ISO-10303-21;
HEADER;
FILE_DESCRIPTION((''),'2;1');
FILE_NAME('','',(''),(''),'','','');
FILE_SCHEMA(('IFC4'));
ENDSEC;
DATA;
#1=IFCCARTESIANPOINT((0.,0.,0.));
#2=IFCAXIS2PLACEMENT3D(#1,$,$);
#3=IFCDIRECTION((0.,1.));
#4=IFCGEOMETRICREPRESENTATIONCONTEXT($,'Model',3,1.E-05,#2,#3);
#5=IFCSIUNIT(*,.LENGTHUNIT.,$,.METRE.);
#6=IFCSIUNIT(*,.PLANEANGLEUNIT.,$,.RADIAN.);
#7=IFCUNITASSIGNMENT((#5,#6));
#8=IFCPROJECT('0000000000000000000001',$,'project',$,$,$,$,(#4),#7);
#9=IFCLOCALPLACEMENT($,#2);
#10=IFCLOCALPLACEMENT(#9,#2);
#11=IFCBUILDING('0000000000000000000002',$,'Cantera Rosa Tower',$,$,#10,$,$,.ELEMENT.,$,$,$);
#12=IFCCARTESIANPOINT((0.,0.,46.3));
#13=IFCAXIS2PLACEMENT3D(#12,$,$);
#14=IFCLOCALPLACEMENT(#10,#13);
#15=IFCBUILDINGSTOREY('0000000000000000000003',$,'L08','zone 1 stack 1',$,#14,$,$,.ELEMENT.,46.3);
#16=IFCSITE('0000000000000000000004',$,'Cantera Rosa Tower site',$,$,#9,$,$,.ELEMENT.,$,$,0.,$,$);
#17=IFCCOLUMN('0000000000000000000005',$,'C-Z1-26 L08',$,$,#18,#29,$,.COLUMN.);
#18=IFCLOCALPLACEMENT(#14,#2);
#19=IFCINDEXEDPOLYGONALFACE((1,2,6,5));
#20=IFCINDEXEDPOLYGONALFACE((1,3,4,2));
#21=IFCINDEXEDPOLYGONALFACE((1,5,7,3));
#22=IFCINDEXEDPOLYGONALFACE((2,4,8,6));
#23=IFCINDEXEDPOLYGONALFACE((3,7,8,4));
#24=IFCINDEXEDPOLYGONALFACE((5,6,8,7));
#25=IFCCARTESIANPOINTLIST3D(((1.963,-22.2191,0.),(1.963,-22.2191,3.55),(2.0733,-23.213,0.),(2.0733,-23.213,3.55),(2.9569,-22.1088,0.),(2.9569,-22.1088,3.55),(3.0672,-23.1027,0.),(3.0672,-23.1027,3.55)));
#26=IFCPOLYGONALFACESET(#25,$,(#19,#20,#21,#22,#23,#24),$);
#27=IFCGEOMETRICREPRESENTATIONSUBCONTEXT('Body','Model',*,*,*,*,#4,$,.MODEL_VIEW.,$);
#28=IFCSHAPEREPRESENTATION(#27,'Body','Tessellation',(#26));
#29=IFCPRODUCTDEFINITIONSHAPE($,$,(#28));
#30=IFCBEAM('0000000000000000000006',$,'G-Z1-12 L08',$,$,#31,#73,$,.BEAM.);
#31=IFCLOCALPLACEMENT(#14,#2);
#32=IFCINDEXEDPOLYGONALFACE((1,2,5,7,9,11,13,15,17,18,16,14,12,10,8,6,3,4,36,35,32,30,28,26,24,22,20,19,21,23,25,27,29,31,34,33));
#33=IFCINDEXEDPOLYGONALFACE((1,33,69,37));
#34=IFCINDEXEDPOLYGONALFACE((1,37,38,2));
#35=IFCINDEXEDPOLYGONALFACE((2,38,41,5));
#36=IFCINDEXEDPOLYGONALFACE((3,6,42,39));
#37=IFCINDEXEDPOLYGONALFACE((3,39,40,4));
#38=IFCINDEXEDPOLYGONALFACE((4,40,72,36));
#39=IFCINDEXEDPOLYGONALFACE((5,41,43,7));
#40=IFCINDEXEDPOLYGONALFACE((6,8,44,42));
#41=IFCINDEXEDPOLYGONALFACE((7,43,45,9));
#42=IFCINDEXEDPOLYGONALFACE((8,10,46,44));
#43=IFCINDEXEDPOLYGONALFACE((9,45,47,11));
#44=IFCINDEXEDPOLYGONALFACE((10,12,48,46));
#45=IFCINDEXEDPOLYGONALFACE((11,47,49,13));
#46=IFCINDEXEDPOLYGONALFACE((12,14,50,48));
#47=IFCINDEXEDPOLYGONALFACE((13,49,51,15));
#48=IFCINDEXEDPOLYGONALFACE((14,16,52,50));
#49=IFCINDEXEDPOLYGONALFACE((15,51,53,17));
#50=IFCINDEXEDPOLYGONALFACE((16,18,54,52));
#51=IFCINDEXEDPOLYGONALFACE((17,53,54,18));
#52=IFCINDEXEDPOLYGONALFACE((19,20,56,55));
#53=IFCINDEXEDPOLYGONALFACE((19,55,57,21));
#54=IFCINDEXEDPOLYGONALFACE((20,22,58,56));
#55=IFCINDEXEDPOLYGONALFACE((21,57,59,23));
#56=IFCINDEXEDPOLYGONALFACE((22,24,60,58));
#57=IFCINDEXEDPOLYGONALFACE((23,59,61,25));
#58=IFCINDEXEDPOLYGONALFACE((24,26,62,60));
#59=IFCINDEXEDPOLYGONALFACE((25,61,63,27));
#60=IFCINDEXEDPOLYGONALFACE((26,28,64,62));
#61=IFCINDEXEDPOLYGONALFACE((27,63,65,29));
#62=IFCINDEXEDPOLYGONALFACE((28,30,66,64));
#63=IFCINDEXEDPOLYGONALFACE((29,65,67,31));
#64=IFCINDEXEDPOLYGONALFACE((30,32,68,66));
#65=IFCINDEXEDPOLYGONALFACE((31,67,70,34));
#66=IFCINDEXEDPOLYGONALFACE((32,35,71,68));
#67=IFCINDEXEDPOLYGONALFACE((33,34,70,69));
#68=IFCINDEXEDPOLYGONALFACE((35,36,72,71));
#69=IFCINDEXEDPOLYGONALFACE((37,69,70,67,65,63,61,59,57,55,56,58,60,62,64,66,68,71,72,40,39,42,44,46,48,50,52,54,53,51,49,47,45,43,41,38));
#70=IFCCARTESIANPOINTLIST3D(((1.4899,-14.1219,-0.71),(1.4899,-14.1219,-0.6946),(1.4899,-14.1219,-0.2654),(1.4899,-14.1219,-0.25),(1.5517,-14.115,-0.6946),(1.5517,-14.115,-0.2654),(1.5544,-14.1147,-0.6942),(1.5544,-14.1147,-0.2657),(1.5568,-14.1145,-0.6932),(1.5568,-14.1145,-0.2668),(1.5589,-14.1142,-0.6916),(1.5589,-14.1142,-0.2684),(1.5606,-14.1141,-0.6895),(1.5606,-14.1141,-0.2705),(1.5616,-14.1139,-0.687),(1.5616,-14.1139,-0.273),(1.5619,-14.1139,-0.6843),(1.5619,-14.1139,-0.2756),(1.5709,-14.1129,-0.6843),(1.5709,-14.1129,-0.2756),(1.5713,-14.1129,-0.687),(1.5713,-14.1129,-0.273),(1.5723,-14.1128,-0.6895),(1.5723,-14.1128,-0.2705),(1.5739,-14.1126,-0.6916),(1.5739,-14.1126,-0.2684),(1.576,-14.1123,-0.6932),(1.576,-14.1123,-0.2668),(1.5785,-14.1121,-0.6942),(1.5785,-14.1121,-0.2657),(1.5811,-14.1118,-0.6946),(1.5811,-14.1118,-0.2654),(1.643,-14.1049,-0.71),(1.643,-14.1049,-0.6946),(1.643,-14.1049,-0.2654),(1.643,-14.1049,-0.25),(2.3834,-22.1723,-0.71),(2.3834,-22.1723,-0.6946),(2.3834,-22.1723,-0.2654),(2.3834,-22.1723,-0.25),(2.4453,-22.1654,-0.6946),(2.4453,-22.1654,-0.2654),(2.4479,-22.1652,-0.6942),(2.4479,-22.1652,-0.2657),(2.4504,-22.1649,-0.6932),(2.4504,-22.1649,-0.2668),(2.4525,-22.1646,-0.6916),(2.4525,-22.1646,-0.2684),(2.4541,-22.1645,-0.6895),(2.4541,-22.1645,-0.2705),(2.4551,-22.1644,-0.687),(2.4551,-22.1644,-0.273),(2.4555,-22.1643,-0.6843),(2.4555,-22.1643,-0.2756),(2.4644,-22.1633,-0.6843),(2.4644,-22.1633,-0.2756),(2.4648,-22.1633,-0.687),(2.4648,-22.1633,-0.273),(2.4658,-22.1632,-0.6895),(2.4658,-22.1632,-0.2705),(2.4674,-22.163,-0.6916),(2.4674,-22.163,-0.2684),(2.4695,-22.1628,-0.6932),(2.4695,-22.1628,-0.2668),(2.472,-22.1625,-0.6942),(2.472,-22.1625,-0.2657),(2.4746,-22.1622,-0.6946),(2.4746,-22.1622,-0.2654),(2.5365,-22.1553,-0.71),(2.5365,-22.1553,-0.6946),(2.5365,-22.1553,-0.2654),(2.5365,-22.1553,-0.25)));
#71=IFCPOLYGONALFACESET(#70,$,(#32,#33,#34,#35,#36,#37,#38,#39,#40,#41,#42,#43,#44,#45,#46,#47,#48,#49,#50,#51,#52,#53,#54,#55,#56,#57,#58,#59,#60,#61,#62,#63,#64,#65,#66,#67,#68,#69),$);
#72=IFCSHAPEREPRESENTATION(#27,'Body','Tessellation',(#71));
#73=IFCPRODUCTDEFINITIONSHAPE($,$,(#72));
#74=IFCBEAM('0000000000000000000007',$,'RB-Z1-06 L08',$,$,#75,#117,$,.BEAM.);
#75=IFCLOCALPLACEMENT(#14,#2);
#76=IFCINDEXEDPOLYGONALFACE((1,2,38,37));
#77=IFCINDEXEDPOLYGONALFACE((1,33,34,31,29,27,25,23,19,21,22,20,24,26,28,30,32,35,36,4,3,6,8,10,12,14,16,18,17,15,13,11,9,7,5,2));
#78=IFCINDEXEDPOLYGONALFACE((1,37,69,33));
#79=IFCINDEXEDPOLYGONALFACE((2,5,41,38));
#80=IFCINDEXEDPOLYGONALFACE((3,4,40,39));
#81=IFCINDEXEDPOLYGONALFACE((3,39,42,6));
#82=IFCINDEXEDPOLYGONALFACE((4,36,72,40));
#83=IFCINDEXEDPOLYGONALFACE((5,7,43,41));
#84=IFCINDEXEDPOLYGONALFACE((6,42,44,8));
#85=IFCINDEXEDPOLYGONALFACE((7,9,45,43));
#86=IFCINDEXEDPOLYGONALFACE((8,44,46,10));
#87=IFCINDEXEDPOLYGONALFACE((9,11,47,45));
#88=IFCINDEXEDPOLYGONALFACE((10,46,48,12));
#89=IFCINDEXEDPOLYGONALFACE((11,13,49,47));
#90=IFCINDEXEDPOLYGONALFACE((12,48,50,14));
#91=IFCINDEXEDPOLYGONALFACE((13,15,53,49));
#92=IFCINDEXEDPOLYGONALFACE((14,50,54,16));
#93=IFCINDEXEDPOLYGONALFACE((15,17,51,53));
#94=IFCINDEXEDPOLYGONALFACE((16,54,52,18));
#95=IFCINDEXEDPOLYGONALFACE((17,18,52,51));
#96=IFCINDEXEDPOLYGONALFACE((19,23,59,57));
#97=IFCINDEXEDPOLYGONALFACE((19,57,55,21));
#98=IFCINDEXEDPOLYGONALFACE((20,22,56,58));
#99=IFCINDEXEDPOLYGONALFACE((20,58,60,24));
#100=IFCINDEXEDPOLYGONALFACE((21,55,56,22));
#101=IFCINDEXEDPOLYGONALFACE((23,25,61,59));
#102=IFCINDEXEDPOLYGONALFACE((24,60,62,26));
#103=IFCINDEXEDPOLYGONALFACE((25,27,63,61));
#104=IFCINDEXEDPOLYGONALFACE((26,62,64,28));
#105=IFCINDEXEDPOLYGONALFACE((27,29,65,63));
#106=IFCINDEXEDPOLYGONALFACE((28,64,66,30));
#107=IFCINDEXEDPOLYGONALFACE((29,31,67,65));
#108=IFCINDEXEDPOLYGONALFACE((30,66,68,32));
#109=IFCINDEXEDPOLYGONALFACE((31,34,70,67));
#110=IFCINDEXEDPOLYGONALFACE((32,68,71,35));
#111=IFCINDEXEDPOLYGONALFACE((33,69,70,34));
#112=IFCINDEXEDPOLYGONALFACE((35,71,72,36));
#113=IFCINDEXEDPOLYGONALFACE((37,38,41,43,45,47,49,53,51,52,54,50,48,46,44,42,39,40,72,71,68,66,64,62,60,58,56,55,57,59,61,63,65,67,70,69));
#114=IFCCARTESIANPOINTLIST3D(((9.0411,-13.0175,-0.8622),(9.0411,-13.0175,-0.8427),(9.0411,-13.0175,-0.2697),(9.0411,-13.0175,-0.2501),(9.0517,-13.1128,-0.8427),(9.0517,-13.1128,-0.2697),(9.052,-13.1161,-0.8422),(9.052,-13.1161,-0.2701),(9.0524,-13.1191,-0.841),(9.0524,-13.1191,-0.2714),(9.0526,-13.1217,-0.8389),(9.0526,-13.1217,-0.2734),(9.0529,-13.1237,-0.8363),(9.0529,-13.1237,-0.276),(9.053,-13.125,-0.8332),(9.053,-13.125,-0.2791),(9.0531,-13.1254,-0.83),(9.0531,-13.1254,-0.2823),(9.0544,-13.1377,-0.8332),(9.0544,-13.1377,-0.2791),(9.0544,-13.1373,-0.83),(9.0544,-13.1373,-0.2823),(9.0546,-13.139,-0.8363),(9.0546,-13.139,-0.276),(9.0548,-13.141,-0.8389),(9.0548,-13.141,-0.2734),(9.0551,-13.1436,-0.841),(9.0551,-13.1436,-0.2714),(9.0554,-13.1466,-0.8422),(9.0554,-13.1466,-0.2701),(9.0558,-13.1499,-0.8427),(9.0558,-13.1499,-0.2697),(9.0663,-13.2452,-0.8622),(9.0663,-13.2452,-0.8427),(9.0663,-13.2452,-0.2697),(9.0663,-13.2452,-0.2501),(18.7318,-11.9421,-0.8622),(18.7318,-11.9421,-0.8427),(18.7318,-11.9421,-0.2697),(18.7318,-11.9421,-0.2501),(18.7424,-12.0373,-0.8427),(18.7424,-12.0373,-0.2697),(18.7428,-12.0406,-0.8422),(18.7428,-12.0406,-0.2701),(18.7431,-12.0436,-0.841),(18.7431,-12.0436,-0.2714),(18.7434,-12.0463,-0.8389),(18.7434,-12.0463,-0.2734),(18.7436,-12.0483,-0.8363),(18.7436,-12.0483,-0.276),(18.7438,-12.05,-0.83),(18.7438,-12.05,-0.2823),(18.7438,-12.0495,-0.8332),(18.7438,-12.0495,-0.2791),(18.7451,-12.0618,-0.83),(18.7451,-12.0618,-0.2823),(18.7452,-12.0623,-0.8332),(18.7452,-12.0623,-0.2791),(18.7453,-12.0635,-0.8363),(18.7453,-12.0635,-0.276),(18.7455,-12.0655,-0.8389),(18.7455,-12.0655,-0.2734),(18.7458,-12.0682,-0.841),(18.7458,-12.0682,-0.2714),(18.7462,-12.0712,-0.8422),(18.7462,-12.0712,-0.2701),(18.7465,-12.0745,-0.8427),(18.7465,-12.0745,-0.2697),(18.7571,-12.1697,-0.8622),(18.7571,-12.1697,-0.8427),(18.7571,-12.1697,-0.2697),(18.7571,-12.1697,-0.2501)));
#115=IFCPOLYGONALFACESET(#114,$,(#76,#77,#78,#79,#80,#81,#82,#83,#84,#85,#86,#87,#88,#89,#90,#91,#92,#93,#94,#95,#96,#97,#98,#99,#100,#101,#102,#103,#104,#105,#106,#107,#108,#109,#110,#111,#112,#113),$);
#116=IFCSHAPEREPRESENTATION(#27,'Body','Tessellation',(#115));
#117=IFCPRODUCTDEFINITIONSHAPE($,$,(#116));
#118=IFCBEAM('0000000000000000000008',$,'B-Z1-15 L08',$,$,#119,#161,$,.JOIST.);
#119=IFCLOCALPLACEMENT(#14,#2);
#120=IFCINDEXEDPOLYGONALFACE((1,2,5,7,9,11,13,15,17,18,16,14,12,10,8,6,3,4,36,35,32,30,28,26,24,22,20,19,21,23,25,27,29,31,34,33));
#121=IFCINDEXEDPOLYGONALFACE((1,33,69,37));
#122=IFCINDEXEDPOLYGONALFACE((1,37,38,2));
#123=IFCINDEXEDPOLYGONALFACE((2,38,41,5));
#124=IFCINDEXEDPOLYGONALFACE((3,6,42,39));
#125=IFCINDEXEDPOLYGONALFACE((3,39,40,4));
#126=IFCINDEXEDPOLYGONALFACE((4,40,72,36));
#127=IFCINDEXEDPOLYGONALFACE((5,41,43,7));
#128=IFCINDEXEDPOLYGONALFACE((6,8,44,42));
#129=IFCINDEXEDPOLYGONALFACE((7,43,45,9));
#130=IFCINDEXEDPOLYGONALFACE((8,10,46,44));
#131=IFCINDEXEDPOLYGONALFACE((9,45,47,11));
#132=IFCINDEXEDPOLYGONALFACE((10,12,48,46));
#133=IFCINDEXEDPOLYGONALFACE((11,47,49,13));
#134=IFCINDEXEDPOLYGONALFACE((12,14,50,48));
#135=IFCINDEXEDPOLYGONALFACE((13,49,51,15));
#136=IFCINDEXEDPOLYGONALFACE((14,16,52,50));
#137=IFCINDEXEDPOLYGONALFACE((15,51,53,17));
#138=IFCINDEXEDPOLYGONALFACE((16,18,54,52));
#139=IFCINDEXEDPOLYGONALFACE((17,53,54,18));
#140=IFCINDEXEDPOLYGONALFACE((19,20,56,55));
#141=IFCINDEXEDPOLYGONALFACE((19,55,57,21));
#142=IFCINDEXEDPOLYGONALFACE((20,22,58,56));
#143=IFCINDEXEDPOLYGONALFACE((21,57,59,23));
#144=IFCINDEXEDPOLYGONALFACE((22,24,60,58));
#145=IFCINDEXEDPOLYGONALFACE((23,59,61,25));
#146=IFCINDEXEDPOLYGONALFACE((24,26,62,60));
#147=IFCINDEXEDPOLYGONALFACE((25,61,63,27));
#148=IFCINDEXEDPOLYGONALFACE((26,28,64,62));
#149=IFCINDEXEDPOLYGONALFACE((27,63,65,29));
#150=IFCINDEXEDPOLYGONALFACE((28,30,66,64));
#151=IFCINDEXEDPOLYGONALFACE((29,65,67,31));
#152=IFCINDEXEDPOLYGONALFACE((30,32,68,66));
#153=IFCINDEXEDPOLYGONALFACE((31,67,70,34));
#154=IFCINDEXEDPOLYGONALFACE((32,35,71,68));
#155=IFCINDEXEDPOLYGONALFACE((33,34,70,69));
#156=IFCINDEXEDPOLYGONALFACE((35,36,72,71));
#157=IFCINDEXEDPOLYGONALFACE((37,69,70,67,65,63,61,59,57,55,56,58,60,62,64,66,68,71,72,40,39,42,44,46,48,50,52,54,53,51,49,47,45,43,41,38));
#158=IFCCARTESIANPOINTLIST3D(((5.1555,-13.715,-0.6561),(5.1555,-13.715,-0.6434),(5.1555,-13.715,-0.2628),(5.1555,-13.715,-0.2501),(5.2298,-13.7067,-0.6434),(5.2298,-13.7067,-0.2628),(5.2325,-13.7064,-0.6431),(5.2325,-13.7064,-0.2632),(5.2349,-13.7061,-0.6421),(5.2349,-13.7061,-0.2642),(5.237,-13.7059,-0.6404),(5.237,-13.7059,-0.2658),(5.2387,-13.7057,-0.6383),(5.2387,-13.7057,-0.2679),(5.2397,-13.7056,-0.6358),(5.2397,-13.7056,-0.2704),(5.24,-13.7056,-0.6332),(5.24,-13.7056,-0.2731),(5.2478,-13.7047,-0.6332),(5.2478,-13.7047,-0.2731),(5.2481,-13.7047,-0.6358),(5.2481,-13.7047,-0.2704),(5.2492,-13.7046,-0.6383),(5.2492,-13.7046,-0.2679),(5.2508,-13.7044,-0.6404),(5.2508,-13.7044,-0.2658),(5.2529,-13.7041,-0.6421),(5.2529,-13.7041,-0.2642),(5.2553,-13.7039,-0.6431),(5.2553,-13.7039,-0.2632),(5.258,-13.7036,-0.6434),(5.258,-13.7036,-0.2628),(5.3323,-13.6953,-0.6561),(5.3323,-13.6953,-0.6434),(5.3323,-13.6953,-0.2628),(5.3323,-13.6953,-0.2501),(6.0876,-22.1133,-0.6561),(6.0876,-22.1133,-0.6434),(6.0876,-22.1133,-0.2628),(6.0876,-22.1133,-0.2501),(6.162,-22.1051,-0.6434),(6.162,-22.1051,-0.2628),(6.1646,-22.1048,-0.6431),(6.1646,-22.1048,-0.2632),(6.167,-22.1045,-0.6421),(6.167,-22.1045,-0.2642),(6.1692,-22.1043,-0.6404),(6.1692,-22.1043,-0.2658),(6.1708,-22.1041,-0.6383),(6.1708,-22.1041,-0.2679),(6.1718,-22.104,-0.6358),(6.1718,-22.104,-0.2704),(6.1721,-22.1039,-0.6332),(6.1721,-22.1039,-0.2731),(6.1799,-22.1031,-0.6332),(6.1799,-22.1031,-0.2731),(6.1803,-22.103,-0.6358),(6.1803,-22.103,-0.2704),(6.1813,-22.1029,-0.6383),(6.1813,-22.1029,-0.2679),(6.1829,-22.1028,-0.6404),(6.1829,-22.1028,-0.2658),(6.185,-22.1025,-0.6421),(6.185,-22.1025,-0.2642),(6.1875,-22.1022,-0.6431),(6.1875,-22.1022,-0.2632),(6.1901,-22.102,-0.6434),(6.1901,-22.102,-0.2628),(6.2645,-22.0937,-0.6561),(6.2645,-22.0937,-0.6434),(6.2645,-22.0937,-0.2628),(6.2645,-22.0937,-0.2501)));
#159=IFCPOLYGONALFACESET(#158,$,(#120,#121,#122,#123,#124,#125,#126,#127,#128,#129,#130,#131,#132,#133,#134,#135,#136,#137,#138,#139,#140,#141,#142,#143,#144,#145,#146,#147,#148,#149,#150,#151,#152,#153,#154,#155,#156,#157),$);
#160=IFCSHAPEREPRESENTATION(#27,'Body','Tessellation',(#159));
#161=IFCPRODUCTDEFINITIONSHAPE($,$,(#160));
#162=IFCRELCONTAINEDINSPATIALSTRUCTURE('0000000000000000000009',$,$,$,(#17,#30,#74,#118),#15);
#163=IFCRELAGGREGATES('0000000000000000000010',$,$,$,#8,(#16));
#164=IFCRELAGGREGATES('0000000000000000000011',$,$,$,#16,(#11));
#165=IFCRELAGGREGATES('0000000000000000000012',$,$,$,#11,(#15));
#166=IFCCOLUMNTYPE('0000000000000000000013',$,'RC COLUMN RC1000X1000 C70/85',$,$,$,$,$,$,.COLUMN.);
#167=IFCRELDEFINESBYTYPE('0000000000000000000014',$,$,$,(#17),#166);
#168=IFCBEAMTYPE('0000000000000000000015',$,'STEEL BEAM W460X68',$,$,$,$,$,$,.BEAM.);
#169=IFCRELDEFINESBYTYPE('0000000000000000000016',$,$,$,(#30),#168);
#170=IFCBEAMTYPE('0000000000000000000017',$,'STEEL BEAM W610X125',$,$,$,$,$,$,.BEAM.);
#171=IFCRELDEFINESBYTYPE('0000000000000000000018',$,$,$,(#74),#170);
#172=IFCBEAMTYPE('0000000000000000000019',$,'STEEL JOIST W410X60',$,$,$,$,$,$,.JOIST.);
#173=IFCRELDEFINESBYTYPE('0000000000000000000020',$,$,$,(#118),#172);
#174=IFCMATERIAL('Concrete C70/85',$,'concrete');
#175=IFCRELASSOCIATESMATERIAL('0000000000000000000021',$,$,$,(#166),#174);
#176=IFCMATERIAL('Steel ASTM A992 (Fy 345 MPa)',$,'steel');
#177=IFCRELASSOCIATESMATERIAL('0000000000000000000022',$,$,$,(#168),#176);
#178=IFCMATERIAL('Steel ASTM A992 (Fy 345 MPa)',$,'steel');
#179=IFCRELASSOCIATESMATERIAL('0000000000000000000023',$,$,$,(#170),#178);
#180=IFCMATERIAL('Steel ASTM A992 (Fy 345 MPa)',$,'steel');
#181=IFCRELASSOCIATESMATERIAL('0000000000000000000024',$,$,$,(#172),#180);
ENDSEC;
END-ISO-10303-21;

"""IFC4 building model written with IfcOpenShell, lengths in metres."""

from ifc_helpers import new_model, si_unit, direction, frame, origin, origin_2d, place, context, subcontext, project, spatial, rectangle, i_section, extrude, material, material_profile, profile_set, type_object, element, save


model = new_model("IFC4")

# Units and contexts
model_context = context("Model", 3, precision=1e-05, world=origin(), true_north=direction((0.0, 1.0)))
body_context = subcontext(model_context, "Body", "Model", "MODEL_VIEW")
ifc_project = project(units=[si_unit("LENGTHUNIT", "METRE"), si_unit("PLANEANGLEUNIT", "RADIAN")], contexts=[model_context])

# Site, building, storey
site_placement = place(None, origin())
site = spatial("IfcSite", under=ifc_project, at=site_placement, Name="Cantera Rosa Tower site", CompositionType="ELEMENT", RefElevation=0.0)
building_placement = place(site_placement, origin())
building = spatial("IfcBuilding", under=site, at=building_placement, Name="Cantera Rosa Tower", CompositionType="ELEMENT")
storey_placement = place(building_placement, frame((0.0, 0.0, 46.3)))
storey = spatial("IfcBuildingStorey", under=building, at=storey_placement, Name="L08", Description="zone 1 stack 1", CompositionType="ELEMENT", Elevation=46.3)

# Column
ifc_material_1 = material(Name="Concrete C70/85", Category="concrete")
ifc_material_profile_1 = material_profile(ifc_material_1, rectangle(XDim=1.0, YDim=1.0, at=origin_2d()), Name="RC COLUMN RC1000X1000 C70/85")
ifc_profile_set_1 = profile_set([ifc_material_profile_1], Name="Concrete C70/85")
column_type = type_object("IfcColumnType", Name="RC COLUMN RC1000X1000 C70/85", PredefinedType="COLUMN", material=ifc_profile_set_1)
column_placement = place(storey_placement, frame((2.5151, -22.6609, 0.0), z_axis=(0.0, 0.0, 1.0), x_axis=(0.993897, 0.110313, 0.0)))
element("IfcColumn", 1, at=column_placement, inside=storey, type_object=column_type, Name="C-Z1-26 L08", PredefinedType="COLUMN", context=body_context, shape_type="SweptSolid", body=[
    extrude(rectangle(XDim=1.0, YDim=1.0, at=origin_2d()), origin(), (0.0, 0.0, 1.0), 3.55),
])

# Beams
ifc_material_2 = material(Name="Steel ASTM A992 (Fy 345 MPa)", Category="steel")
ifc_material_profile_2 = material_profile(ifc_material_2, i_section(OverallWidth=0.1541, OverallDepth=0.46, WebThickness=0.009, FlangeThickness=0.0154, FilletRadius=0.0103, at=origin_2d()), Name="W460X68")
ifc_profile_set_2 = profile_set([ifc_material_profile_2], Name="Steel ASTM A992 (Fy 345 MPa)")
beam_type_1 = type_object("IfcBeamType", Name="STEEL BEAM W460X68", PredefinedType="BEAM", material=ifc_profile_set_2)
beam_1_placement = place(storey_placement, frame((2.46, -22.1638, -0.48), z_axis=(-0.110316, 0.993897, 0.0), x_axis=(-0.993897, -0.110316, 0.0)))
element("IfcBeam", 2, at=beam_1_placement, inside=storey, type_object=beam_type_1, Name="G-Z1-12 L08", PredefinedType="BEAM", context=body_context, shape_type="SweptSolid", body=[
    extrude(i_section(OverallWidth=0.1541, OverallDepth=0.46, WebThickness=0.009, FlangeThickness=0.0154, FilletRadius=0.0103, at=origin_2d()), origin(), (0.0, 0.0, 1.0), 8.0999),
])
ifc_material_3 = material(Name="Steel ASTM A992 (Fy 345 MPa)", Category="steel")
ifc_material_profile_3 = material_profile(ifc_material_3, i_section(OverallWidth=0.229, OverallDepth=0.6121, WebThickness=0.012, FlangeThickness=0.0195, FilletRadius=0.0127, at=origin_2d()), Name="W610X125")
ifc_profile_set_3 = profile_set([ifc_material_profile_3], Name="Steel ASTM A992 (Fy 345 MPa)")
beam_type_2 = type_object("IfcBeamType", Name="STEEL BEAM W610X125", PredefinedType="BEAM", material=ifc_profile_set_3)
beam_2_placement = place(storey_placement, frame((9.0537, -13.1313, -0.5562), z_axis=(0.993898, 0.1103, 0.0), x_axis=(-0.1103, 0.993898, 0.0)))
element("IfcBeam", 3, at=beam_2_placement, inside=storey, type_object=beam_type_2, Name="RB-Z1-06 L08", PredefinedType="BEAM", context=body_context, shape_type="SweptSolid", body=[
    extrude(i_section(OverallWidth=0.229, OverallDepth=0.6121, WebThickness=0.012, FlangeThickness=0.0195, FilletRadius=0.0127, at=origin_2d()), origin(), (0.0, 0.0, 1.0), 9.7502),
])
ifc_material_4 = material(Name="Steel ASTM A992 (Fy 345 MPa)", Category="steel")
ifc_material_profile_4 = material_profile(ifc_material_4, i_section(OverallWidth=0.178, OverallDepth=0.406, WebThickness=0.0078, FlangeThickness=0.0127, FilletRadius=0.0103, at=origin_2d()), Name="W410X60")
ifc_profile_set_4 = profile_set([ifc_material_profile_4], Name="Steel ASTM A992 (Fy 345 MPa)")
beam_type_3 = type_object("IfcBeamType", Name="STEEL JOIST W410X60", PredefinedType="JOIST", material=ifc_profile_set_4)
beam_3_placement = place(storey_placement, frame((6.176, -22.1035, -0.4531), z_axis=(-0.110311, 0.993897, 0.0), x_axis=(-0.993897, -0.110311, 0.0)))
element("IfcBeam", 4, at=beam_3_placement, inside=storey, type_object=beam_type_3, Name="B-Z1-15 L08", PredefinedType="JOIST", context=body_context, shape_type="SweptSolid", body=[
    extrude(i_section(OverallWidth=0.178, OverallDepth=0.406, WebThickness=0.0078, FlangeThickness=0.0127, FilletRadius=0.0103, at=origin_2d()), origin(), (0.0, 0.0, 1.0), 8.45),
])

save(model, "model.ifc")
